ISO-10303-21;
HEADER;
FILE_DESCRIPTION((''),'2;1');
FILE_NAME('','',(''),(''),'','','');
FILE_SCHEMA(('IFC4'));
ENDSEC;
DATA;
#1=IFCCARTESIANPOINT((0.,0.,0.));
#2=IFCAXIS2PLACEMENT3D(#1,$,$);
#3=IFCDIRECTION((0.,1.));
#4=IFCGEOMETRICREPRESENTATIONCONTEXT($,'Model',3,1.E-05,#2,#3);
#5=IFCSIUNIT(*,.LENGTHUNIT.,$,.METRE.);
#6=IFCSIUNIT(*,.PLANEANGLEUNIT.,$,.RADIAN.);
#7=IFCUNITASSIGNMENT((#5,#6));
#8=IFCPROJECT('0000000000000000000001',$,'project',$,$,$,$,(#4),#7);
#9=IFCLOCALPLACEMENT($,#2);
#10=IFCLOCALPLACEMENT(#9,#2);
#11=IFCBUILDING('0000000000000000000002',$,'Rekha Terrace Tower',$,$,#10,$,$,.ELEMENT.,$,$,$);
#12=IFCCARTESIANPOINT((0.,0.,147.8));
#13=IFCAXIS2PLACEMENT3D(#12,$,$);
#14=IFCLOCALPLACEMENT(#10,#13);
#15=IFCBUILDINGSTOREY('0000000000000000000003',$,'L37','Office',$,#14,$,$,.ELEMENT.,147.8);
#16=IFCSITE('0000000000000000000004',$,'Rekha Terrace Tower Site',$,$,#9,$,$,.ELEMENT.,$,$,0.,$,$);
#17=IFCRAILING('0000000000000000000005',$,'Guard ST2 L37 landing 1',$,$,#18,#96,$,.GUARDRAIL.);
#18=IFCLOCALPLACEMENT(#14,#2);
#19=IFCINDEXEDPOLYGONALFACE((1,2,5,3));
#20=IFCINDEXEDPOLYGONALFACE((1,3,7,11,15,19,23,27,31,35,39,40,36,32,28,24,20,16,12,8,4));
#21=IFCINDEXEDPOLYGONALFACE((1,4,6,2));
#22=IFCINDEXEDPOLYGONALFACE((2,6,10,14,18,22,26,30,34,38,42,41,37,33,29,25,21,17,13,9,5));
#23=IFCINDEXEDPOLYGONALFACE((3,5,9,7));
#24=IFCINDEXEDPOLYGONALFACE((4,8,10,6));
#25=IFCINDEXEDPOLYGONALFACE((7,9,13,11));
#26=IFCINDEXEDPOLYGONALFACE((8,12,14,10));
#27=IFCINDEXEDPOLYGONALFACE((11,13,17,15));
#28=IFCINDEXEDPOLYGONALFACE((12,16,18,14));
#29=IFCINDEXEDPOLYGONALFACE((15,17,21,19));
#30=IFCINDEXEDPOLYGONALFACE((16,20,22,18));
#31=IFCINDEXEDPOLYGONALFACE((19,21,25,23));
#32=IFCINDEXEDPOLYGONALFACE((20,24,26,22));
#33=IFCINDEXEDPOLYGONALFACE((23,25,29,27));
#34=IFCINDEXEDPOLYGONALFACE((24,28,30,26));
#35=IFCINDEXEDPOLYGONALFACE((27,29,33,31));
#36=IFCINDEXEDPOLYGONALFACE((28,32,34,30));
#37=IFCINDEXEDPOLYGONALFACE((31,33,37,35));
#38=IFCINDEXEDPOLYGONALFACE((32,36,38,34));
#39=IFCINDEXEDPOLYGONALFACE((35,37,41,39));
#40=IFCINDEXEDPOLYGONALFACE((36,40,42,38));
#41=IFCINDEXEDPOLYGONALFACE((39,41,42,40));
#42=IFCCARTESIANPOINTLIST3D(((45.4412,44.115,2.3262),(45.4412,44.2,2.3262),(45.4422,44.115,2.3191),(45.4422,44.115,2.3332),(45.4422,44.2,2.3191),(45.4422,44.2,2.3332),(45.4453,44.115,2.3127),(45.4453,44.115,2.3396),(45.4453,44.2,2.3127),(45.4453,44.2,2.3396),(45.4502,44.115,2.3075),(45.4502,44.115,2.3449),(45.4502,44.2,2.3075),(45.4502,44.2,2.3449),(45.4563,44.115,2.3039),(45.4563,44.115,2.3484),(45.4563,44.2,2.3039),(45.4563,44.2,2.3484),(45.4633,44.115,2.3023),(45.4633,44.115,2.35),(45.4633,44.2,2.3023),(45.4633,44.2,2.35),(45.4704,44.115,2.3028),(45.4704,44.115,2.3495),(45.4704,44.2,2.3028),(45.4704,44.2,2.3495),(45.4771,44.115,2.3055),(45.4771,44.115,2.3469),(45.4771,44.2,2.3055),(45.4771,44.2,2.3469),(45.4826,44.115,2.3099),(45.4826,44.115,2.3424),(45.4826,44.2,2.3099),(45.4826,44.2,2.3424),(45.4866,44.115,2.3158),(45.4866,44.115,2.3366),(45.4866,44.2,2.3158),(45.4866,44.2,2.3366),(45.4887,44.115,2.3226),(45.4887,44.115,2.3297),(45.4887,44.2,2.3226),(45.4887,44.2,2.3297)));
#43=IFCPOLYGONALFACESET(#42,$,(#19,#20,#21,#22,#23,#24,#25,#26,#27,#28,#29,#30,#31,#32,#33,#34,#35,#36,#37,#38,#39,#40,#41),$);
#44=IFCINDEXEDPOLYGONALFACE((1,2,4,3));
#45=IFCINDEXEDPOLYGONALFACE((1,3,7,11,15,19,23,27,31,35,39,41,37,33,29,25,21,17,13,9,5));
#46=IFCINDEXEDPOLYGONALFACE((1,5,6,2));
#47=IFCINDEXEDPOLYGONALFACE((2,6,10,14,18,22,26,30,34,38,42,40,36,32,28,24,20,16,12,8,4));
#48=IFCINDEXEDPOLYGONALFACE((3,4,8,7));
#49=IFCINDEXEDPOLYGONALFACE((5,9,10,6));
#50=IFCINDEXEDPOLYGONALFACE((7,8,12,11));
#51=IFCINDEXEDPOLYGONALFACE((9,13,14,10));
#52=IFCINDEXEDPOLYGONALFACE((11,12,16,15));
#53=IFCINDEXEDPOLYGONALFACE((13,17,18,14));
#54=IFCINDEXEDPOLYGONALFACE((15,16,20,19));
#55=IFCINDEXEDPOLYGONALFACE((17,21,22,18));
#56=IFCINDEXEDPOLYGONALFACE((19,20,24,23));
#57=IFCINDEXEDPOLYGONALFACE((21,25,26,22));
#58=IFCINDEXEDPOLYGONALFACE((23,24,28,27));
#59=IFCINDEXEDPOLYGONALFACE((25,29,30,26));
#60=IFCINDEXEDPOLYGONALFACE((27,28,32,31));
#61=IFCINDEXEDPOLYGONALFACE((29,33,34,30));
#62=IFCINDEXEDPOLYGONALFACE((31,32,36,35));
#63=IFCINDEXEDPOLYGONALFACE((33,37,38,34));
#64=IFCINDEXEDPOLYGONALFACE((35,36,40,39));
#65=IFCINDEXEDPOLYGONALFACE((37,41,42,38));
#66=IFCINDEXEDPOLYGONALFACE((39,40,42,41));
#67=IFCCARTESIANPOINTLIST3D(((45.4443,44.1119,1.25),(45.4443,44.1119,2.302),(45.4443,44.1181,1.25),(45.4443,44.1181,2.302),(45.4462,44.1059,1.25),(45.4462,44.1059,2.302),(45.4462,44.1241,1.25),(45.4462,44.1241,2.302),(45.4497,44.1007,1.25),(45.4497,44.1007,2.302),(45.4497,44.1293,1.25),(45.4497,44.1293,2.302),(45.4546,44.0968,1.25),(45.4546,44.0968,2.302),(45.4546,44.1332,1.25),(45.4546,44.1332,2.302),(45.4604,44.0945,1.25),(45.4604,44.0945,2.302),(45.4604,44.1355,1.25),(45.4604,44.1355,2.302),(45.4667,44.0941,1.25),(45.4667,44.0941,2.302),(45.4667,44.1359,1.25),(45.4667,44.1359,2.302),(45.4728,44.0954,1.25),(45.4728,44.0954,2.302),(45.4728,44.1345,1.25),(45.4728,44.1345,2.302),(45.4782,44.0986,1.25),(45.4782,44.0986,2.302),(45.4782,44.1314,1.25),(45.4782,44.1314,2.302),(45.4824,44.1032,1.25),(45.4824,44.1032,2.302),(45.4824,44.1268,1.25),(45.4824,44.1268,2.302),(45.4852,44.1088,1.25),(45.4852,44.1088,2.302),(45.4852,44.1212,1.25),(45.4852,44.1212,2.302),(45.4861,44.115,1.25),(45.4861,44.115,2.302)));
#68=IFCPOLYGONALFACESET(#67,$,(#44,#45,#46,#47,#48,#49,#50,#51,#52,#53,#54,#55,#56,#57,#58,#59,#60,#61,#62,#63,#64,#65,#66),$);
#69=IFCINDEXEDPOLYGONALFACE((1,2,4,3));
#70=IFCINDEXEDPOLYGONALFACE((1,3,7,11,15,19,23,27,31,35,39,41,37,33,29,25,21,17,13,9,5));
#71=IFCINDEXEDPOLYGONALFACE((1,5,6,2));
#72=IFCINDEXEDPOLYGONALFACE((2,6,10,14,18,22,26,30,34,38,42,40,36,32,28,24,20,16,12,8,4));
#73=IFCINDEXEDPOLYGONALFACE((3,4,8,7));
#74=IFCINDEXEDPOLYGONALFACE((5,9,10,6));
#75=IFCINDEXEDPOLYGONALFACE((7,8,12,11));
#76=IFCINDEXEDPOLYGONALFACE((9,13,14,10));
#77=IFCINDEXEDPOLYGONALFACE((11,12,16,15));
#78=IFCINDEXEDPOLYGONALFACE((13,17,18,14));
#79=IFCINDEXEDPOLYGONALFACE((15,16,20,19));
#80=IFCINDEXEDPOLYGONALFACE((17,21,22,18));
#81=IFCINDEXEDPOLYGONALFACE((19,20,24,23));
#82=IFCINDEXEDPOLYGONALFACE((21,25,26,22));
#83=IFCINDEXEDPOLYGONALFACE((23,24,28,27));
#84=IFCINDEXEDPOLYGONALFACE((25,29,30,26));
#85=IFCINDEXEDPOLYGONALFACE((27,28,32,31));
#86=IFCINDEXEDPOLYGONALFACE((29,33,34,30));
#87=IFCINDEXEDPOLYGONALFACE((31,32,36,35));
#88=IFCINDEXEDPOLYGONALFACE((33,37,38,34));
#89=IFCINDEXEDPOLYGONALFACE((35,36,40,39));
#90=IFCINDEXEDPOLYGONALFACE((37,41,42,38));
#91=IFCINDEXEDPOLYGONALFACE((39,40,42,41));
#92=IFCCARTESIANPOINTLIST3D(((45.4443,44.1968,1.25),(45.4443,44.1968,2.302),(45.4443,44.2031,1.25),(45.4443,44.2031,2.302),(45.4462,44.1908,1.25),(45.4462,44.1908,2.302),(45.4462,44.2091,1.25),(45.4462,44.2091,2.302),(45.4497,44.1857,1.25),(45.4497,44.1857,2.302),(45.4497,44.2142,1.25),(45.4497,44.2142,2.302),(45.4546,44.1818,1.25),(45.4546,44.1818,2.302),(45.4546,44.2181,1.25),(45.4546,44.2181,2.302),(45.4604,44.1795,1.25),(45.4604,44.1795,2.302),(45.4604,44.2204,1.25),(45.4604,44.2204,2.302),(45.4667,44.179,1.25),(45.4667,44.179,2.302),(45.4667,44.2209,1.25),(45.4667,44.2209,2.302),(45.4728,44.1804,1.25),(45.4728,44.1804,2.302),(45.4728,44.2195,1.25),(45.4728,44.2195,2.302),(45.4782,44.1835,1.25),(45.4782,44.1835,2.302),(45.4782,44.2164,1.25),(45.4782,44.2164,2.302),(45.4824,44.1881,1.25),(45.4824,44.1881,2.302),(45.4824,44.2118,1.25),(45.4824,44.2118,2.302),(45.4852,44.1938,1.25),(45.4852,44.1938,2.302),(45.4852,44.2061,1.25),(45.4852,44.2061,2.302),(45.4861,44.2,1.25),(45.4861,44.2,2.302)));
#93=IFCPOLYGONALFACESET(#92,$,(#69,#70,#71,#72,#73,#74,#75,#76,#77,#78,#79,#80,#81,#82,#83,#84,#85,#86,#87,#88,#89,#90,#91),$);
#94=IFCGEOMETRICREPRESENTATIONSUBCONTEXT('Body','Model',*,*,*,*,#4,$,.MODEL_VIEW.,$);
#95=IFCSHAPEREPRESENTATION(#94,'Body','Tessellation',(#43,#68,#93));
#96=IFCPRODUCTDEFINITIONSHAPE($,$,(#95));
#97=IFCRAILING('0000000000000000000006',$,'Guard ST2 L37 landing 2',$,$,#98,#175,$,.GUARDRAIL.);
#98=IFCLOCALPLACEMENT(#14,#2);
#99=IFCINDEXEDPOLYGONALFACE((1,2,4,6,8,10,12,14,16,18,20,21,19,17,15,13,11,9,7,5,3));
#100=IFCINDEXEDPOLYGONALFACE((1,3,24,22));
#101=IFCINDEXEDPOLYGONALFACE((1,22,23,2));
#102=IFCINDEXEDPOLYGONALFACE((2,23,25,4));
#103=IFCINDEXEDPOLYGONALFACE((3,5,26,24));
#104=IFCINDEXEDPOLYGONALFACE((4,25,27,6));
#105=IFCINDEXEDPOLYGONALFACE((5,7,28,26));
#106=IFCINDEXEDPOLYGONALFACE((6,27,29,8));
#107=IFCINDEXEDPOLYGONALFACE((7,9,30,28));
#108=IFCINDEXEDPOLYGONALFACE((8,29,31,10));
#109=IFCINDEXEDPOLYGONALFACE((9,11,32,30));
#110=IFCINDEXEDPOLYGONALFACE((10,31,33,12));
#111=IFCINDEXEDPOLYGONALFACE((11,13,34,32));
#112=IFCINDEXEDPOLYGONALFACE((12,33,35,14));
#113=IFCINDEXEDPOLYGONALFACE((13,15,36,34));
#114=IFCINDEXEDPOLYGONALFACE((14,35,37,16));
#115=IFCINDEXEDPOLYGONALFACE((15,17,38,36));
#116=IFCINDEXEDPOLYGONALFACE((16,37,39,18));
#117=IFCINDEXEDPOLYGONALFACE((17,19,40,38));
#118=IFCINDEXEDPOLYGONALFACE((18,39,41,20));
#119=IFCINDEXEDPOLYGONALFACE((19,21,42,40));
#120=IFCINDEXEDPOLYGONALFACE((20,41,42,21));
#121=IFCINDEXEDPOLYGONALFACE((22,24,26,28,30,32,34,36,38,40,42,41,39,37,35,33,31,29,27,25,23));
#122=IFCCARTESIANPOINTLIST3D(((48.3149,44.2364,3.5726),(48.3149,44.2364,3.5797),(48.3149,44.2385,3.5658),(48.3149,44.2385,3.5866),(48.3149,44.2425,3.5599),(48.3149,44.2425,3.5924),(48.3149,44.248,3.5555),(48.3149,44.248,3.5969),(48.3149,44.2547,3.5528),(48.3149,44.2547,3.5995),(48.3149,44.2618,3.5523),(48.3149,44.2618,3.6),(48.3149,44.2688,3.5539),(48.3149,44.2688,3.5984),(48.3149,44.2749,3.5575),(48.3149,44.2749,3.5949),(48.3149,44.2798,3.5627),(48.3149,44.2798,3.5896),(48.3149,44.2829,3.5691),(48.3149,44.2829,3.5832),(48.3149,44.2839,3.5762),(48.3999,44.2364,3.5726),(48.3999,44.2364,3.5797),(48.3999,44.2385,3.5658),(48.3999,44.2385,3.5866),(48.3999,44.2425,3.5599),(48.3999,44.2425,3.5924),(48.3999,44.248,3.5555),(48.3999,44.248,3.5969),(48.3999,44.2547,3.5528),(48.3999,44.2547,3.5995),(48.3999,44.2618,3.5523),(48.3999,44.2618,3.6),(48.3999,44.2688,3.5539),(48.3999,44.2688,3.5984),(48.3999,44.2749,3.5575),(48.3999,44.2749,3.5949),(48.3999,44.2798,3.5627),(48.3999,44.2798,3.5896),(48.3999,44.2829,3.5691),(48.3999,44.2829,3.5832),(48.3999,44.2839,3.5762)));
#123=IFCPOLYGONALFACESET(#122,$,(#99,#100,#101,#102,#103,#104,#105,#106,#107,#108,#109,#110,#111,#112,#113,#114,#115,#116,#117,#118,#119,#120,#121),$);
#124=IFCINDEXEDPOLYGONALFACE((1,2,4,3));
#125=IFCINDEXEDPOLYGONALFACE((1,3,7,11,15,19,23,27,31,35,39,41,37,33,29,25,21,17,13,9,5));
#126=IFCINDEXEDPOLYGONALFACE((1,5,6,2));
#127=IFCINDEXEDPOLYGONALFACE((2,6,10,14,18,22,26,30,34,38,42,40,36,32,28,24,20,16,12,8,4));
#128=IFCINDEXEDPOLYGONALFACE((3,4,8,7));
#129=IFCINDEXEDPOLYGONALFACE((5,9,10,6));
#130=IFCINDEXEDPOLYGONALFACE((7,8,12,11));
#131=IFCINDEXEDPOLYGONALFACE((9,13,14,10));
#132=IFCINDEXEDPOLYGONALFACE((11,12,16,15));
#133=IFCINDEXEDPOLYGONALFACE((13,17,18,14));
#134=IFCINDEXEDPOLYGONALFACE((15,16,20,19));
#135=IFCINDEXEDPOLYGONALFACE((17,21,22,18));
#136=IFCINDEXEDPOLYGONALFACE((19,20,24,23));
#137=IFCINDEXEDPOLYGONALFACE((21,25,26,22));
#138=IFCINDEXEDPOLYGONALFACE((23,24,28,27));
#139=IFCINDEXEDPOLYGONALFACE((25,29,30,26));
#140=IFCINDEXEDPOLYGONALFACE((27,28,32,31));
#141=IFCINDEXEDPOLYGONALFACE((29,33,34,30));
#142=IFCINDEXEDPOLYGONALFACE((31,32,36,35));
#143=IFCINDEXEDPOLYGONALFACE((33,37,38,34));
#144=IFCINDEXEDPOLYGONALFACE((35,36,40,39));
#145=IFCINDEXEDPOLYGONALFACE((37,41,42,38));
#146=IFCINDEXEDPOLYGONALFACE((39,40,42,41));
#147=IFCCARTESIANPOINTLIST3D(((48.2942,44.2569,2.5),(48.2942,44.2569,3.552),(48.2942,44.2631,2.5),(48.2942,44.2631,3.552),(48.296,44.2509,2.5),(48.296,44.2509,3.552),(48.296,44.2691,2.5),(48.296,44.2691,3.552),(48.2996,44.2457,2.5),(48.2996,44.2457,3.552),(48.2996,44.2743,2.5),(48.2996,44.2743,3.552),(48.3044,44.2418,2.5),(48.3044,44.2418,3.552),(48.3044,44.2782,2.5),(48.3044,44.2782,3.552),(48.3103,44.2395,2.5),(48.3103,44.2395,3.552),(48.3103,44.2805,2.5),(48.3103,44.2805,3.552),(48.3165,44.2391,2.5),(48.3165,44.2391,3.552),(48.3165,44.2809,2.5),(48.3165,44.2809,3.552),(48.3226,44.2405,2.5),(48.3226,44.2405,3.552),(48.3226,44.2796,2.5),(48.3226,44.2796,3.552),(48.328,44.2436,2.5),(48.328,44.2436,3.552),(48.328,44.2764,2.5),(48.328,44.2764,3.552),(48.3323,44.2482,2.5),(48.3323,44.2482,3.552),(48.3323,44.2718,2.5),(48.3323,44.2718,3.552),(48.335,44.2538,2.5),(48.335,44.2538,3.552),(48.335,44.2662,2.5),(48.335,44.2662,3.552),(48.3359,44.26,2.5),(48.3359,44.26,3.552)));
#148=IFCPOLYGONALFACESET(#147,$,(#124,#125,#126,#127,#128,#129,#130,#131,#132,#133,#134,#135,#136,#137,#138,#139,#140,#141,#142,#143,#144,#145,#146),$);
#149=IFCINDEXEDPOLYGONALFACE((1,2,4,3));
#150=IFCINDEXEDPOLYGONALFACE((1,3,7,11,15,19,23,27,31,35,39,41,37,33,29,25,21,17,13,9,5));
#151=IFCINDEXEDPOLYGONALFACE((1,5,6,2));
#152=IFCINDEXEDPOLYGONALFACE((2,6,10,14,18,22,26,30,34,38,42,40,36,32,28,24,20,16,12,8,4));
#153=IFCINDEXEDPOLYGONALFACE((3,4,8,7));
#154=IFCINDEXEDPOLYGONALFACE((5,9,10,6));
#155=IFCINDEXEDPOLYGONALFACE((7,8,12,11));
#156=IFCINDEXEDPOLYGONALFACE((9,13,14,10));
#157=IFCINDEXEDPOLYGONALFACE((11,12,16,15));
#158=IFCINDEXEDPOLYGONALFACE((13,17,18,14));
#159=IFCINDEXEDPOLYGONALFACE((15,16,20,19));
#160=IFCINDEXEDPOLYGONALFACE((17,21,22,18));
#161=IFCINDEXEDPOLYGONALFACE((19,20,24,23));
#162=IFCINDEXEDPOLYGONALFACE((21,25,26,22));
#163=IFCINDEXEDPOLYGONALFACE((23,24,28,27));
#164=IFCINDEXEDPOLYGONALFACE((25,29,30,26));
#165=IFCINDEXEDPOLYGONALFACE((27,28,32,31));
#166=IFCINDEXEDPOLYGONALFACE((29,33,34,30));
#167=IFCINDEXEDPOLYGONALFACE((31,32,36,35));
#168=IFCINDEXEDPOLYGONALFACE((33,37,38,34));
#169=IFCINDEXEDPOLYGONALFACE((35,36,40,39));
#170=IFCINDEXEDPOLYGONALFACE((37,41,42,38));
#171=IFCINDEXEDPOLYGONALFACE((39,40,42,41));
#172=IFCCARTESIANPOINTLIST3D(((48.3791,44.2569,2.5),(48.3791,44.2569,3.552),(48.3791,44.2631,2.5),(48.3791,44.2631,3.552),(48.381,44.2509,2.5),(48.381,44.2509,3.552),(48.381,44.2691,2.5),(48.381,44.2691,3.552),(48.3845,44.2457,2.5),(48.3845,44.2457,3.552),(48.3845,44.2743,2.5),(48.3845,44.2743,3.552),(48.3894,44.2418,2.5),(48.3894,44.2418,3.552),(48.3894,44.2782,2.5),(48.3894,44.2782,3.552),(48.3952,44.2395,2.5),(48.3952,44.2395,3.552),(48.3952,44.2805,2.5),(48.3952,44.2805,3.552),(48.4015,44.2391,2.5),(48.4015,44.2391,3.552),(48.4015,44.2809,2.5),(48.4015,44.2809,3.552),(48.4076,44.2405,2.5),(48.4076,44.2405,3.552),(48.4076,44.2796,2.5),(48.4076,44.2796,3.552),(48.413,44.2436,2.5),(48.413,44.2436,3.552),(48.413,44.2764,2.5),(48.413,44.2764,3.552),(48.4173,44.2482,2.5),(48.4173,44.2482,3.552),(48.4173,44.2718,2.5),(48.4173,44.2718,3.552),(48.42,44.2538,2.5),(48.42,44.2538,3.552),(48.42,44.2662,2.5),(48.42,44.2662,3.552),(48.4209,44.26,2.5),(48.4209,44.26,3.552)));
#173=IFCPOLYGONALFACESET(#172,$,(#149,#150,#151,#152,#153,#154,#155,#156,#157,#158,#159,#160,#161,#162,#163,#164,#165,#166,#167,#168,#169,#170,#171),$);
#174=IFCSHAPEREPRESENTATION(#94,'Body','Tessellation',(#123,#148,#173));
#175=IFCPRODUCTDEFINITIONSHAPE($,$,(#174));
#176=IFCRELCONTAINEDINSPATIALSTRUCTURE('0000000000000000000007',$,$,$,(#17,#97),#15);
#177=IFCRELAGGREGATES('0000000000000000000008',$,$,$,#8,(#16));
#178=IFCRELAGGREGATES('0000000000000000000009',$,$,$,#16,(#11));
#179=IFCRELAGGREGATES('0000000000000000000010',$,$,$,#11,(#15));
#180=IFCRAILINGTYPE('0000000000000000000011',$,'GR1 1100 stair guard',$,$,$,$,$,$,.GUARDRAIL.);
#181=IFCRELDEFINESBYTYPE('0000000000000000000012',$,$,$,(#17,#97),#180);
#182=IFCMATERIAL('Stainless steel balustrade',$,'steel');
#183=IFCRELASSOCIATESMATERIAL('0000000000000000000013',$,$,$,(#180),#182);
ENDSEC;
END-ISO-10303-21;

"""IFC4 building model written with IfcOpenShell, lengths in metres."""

from ifc_helpers import new_model, si_unit, direction, frame, origin, origin_2d, place, context, subcontext, project, spatial, circle, extrude, material, type_object, element, save


model = new_model("IFC4")

# Units and contexts
model_context = context("Model", 3, precision=1e-05, world=origin(), true_north=direction((0.0, 1.0)))
body_context = subcontext(model_context, "Body", "Model", "MODEL_VIEW")
ifc_project = project(units=[si_unit("LENGTHUNIT", "METRE"), si_unit("PLANEANGLEUNIT", "RADIAN")], contexts=[model_context])

# Site, building, storey
site_placement = place(None, origin())
site = spatial("IfcSite", under=ifc_project, at=site_placement, Name="Rekha Terrace Tower Site", CompositionType="ELEMENT", RefElevation=0.0)
building_placement = place(site_placement, origin())
building = spatial("IfcBuilding", under=site, at=building_placement, Name="Rekha Terrace Tower", CompositionType="ELEMENT")
storey_placement = place(building_placement, frame((0.0, 0.0, 147.8)))
storey = spatial("IfcBuildingStorey", under=building, at=storey_placement, Name="L37", Description="Office", CompositionType="ELEMENT", Elevation=147.8)

# Railings
ifc_material_1 = material(Name="Stainless steel balustrade", Category="steel")
railing_type_1 = type_object("IfcRailingType", Name="GR1 1100 stair guard", PredefinedType="GUARDRAIL", material=ifc_material_1)
railing_1_placement = place(storey_placement, frame((45.4651, 44.115, 1.25)))
element("IfcRailing", 1, at=railing_1_placement, inside=storey, type_object=railing_type_1, Name="Guard ST2 L37 landing 1", PredefinedType="GUARDRAIL", context=body_context, shape_type="SweptSolid", body=[
    extrude(circle(Radius=0.0239, at=origin_2d()), frame((0.0, 0.0, 1.0762), z_axis=(0.0, 1.0, 0.0), x_axis=(-1.0, 0.0, 0.0)), (0.0, 0.0, 1.0), 0.085),
    extrude(circle(Radius=0.021, at=origin_2d()), origin(), (0.0, 0.0, 1.0), 1.052),
    extrude(circle(Radius=0.021, at=origin_2d()), frame((0.0, 0.085, 0.0)), (0.0, 0.0, 1.0), 1.052),
])
railing_2_placement = place(storey_placement, frame((48.3149, 44.26, 2.5)))
element("IfcRailing", 2, at=railing_2_placement, inside=storey, type_object=railing_type_1, Name="Guard ST2 L37 landing 2", PredefinedType="GUARDRAIL", context=body_context, shape_type="SweptSolid", body=[
    extrude(circle(Radius=0.0239, at=origin_2d()), frame((0.0, 0.0, 1.0762), z_axis=(1.0, 0.0, 0.0), x_axis=(0.0, 1.0, 0.0)), (0.0, 0.0, 1.0), 0.085),
    extrude(circle(Radius=0.021, at=origin_2d()), origin(), (0.0, 0.0, 1.0), 1.052),
    extrude(circle(Radius=0.021, at=origin_2d()), frame((0.085, 0.0, 0.0)), (0.0, 0.0, 1.0), 1.052),
])

save(model, "model.ifc")
